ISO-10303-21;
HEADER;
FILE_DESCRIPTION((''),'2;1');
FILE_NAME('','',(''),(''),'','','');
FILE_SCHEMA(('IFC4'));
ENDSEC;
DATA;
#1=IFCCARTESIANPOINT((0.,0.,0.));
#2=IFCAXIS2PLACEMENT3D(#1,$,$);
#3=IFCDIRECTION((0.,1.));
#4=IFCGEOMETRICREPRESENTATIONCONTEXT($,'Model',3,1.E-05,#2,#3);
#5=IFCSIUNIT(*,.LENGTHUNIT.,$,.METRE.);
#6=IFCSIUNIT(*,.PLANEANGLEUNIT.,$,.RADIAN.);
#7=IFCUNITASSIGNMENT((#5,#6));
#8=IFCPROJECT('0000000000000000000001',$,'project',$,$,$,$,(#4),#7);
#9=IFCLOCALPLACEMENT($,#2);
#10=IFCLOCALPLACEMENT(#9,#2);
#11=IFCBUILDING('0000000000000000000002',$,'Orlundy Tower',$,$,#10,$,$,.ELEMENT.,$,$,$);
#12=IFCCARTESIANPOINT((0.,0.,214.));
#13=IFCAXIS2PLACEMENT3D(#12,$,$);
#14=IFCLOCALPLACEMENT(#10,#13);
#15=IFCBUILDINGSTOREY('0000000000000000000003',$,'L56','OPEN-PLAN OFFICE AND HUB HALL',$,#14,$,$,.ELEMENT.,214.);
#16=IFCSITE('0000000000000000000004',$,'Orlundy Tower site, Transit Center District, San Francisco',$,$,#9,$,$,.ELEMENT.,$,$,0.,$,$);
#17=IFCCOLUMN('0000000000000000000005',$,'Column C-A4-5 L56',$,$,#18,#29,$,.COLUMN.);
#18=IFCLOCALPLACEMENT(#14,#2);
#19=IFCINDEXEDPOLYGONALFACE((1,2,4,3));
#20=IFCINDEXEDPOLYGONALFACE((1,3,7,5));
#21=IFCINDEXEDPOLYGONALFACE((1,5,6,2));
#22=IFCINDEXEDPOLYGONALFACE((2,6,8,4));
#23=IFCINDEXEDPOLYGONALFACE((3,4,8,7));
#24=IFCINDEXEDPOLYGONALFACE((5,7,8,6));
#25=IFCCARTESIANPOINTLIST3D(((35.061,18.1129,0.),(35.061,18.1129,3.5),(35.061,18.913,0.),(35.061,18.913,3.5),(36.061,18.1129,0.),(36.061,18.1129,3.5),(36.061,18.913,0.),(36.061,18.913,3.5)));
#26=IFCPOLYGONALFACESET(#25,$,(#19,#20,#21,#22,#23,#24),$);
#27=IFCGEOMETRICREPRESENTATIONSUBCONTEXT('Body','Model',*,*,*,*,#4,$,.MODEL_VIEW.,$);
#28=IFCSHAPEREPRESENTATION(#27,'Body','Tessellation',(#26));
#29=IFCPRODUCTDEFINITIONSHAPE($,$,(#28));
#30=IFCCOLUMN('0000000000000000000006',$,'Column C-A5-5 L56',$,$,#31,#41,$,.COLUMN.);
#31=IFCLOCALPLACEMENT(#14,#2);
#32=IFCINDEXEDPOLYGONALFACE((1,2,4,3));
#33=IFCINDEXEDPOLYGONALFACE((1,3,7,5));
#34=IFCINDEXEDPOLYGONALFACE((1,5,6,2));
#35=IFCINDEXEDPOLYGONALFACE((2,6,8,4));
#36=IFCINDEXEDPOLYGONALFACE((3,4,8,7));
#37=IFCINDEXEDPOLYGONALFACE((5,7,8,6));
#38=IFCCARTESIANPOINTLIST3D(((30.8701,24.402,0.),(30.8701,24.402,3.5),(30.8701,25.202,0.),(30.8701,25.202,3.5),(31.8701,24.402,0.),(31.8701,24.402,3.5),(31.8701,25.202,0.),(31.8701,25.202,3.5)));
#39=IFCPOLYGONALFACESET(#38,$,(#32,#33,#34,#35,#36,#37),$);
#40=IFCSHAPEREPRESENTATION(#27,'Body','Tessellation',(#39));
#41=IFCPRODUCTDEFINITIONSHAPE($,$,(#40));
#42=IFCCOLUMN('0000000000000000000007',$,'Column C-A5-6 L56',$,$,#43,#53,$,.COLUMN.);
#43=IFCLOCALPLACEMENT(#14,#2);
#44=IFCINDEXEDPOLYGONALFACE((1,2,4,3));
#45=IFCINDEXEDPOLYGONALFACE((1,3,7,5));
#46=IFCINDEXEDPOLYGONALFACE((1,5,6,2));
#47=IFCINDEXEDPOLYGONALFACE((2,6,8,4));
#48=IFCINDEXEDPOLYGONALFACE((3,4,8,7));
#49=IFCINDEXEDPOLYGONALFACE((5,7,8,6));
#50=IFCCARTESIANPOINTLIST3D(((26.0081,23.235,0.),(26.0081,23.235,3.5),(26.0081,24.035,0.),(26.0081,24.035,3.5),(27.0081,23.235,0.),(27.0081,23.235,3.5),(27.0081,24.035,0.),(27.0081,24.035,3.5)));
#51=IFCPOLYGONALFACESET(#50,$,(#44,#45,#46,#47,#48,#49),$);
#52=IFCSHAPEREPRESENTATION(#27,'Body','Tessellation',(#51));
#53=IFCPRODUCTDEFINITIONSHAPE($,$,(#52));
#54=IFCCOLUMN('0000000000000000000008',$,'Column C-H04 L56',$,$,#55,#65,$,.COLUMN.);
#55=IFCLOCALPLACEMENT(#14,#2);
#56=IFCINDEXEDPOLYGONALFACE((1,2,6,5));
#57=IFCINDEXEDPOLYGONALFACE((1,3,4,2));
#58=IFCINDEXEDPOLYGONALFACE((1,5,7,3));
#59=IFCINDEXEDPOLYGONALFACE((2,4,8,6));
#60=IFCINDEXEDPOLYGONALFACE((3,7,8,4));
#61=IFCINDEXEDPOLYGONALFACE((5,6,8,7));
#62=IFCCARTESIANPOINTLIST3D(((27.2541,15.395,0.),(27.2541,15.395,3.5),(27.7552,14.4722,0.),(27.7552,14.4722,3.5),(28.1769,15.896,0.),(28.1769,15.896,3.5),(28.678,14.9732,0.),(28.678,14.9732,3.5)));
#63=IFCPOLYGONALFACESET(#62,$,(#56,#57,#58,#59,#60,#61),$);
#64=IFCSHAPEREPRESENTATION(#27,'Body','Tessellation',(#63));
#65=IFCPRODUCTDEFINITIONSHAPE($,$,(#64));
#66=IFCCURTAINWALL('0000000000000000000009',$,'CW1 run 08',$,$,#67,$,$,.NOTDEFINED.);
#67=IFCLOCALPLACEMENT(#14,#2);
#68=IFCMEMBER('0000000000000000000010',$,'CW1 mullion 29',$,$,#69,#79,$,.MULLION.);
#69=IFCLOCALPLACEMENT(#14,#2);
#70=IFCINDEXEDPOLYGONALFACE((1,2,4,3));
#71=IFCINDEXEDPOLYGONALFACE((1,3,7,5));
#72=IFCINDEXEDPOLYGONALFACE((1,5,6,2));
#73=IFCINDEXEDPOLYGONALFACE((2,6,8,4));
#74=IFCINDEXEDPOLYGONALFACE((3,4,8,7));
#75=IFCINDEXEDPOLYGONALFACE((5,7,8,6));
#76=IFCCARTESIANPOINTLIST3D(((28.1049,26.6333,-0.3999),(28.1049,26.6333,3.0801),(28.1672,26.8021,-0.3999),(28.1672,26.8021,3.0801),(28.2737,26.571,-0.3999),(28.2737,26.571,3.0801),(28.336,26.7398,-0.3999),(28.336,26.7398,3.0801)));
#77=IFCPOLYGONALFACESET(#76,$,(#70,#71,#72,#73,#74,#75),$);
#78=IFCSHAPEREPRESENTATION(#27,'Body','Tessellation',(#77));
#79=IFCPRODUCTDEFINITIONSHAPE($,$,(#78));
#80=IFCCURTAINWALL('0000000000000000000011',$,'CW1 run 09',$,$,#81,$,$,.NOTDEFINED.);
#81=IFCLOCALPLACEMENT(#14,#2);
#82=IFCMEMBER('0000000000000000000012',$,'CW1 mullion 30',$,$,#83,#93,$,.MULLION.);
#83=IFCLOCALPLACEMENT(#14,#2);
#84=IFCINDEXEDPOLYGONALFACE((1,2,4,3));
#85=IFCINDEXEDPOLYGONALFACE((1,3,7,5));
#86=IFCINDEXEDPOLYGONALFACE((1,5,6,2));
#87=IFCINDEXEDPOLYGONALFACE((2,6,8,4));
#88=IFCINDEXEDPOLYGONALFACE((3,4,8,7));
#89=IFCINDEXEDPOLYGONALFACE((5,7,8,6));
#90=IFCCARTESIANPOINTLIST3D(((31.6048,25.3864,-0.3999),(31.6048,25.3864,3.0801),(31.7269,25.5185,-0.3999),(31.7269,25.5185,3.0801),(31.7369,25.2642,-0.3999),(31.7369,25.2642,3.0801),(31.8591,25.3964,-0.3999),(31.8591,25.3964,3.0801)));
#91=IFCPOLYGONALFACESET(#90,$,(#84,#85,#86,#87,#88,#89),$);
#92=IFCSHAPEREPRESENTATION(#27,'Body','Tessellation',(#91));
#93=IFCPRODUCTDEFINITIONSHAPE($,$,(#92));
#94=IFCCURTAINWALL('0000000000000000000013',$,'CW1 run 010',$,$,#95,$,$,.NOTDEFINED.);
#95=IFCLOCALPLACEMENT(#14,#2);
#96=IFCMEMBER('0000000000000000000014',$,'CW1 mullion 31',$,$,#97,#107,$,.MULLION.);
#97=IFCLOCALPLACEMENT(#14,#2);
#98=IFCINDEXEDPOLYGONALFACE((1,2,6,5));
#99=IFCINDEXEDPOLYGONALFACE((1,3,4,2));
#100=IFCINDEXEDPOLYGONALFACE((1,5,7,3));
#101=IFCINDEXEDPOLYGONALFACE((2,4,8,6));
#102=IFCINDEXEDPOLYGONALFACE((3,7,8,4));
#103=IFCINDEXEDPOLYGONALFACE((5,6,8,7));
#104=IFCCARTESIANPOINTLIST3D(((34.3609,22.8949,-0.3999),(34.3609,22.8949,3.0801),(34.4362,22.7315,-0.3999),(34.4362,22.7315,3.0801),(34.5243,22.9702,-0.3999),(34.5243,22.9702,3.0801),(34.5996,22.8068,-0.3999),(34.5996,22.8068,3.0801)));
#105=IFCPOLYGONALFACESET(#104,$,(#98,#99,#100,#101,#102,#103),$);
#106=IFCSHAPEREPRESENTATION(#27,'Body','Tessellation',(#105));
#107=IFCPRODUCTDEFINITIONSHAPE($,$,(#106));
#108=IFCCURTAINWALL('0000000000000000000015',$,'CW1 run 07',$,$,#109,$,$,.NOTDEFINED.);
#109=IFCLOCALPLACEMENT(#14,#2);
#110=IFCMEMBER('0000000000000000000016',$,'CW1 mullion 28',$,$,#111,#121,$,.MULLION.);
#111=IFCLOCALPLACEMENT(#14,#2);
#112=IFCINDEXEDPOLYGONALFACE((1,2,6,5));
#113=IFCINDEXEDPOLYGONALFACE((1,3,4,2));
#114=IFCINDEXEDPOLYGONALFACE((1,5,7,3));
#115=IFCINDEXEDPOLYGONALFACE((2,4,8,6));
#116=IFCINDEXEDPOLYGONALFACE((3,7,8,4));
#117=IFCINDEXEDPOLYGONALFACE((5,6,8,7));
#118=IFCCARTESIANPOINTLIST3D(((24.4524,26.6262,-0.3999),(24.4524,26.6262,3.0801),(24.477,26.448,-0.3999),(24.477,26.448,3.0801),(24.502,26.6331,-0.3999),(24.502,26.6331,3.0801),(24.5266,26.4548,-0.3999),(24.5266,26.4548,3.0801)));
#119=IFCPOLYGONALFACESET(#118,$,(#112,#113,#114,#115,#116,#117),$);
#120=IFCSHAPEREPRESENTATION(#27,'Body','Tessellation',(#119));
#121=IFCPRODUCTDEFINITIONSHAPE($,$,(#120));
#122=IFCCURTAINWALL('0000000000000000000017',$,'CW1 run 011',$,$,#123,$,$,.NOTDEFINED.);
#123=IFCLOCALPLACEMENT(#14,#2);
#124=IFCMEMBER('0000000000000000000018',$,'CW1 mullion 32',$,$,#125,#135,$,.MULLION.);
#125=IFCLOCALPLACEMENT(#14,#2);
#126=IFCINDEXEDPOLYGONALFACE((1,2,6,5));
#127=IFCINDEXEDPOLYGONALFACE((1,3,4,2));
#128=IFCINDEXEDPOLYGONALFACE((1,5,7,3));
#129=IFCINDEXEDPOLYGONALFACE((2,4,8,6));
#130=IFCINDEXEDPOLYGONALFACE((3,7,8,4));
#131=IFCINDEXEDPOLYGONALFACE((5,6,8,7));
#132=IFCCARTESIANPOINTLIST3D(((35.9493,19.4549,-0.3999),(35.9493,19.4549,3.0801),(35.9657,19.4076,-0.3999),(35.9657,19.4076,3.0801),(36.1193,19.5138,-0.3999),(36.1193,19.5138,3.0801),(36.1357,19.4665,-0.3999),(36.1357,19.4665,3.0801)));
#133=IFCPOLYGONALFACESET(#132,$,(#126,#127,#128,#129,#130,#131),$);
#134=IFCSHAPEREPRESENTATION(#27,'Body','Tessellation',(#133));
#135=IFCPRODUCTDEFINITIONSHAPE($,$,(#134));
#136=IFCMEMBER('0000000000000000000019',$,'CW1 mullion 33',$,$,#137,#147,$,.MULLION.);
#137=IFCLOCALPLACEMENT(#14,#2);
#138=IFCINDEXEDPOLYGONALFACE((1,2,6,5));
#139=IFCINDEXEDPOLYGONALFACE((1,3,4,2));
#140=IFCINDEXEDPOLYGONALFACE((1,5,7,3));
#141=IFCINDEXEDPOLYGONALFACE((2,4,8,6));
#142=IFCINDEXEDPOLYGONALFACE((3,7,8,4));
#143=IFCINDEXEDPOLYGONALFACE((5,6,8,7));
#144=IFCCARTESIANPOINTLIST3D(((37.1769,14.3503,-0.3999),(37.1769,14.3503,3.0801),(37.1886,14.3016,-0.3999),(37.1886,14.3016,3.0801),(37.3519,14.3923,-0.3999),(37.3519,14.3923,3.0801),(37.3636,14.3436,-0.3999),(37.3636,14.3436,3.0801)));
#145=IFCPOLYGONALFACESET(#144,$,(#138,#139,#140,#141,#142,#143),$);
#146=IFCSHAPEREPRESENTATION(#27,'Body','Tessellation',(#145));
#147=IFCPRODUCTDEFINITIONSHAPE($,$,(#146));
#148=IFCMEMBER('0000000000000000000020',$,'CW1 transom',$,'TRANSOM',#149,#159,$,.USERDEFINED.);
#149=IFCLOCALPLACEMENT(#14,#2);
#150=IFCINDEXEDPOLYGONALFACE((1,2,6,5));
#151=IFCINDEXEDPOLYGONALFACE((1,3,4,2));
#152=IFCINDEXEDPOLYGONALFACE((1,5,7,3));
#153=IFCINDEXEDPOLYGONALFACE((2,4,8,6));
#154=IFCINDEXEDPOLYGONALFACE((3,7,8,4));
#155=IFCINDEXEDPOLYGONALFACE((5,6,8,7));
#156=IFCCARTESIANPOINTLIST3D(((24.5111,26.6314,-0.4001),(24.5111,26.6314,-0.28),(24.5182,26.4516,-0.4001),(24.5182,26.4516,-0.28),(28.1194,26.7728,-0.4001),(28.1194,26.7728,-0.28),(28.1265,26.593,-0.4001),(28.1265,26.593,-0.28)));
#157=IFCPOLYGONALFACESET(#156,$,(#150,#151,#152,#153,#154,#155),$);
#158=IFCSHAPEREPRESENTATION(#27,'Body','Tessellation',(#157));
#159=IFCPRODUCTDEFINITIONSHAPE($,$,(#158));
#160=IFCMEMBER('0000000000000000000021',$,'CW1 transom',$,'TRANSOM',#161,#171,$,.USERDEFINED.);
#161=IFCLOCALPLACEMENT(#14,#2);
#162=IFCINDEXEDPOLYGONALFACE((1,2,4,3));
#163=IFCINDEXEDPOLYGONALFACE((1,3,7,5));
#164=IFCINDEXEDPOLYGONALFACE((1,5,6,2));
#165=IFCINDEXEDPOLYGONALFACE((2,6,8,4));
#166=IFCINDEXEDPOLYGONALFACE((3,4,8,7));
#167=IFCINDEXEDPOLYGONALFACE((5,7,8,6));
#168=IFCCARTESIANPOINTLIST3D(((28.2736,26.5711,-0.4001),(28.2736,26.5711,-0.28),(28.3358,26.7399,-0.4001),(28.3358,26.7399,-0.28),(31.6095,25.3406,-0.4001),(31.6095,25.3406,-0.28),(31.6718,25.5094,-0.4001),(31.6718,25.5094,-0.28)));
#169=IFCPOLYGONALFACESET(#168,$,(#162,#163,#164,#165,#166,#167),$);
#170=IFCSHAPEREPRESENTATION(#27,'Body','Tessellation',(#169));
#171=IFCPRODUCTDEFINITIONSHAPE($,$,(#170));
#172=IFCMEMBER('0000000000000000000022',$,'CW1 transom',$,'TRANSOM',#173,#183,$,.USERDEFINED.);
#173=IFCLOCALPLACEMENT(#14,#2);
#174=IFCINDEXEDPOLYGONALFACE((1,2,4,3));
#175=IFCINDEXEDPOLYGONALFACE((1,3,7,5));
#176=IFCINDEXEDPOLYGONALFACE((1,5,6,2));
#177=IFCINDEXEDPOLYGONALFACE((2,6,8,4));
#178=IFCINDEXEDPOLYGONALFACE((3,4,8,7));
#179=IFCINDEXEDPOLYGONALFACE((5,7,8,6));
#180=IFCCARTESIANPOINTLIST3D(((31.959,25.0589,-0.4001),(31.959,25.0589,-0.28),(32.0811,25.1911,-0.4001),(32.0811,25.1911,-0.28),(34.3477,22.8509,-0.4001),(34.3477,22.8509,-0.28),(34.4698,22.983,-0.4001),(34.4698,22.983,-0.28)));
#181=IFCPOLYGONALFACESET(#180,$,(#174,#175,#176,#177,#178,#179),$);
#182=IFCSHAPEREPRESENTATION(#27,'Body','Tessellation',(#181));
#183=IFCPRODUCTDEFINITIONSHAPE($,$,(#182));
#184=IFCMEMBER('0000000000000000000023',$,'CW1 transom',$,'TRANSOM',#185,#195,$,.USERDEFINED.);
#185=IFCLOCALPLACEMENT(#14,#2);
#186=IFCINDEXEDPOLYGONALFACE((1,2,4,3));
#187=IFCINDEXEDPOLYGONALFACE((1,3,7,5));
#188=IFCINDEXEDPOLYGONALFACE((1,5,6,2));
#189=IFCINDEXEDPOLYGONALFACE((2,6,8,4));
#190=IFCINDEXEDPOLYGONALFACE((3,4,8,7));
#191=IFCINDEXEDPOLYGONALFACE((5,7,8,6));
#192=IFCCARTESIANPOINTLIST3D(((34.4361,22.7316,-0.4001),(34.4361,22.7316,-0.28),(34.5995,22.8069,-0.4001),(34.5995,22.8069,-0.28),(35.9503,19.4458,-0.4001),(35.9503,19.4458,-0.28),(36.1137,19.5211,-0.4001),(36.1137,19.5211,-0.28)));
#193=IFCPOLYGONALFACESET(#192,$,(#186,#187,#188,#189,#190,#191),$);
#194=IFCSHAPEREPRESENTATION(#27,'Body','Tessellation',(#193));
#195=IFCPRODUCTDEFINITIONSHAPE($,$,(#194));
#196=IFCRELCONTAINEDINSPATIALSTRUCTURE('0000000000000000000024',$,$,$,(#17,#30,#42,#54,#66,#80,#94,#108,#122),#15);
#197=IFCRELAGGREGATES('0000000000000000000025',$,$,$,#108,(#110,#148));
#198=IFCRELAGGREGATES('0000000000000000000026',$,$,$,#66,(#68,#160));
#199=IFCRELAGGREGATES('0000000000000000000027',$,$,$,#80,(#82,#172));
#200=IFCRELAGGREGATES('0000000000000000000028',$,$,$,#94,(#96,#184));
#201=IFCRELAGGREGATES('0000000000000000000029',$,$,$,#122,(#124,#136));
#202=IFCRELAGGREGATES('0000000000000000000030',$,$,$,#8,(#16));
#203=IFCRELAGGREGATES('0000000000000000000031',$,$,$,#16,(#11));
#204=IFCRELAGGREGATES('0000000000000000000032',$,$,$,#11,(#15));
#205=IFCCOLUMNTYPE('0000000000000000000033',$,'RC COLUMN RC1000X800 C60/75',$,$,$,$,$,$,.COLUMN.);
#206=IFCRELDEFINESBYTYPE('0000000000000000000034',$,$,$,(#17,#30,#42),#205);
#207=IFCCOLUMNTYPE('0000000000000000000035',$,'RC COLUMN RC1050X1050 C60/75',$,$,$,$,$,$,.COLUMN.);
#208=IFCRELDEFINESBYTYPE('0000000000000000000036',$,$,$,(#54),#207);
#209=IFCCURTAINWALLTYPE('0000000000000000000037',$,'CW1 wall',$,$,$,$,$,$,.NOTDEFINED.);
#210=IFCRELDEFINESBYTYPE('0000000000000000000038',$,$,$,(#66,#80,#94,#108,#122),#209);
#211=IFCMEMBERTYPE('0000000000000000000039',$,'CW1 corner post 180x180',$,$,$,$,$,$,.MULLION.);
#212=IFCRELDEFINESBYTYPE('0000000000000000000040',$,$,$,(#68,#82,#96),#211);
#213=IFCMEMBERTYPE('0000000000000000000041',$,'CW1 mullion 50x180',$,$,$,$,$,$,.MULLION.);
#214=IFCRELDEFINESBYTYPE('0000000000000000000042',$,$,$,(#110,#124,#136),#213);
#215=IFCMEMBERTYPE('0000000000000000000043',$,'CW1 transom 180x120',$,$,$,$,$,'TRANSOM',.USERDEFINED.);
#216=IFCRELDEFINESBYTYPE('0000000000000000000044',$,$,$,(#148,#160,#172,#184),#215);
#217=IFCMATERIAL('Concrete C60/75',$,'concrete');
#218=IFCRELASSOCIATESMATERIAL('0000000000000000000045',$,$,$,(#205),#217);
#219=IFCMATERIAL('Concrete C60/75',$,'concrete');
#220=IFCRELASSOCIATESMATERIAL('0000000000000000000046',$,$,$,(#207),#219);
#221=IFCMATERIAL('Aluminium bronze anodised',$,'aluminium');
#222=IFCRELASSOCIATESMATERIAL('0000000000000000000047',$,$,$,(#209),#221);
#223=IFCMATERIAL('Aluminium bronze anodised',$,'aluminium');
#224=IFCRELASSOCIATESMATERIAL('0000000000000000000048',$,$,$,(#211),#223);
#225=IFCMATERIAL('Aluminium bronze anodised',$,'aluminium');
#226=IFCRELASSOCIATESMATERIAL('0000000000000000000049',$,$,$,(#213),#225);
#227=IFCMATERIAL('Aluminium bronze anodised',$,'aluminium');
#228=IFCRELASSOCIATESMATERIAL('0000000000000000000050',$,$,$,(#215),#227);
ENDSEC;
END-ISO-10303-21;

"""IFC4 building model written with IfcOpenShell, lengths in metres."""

from ifc_helpers import new_model, si_unit, direction, frame, origin, origin_2d, place, context, subcontext, project, spatial, rectangle, extrude, material, material_profile, profile_set, type_object, element, aggregate, save


model = new_model("IFC4")

# Units and contexts
model_context = context("Model", 3, precision=1e-05, world=origin(), true_north=direction((0.0, 1.0)))
body_context = subcontext(model_context, "Body", "Model", "MODEL_VIEW")
ifc_project = project(units=[si_unit("LENGTHUNIT", "METRE"), si_unit("PLANEANGLEUNIT", "RADIAN")], contexts=[model_context])

# Site, building, storey
site_placement = place(None, origin())
site = spatial("IfcSite", under=ifc_project, at=site_placement, Name="Orlundy Tower site, Transit Center District, San Francisco", CompositionType="ELEMENT", RefElevation=0.0)
building_placement = place(site_placement, origin())
building = spatial("IfcBuilding", under=site, at=building_placement, Name="Orlundy Tower", CompositionType="ELEMENT")
storey_placement = place(building_placement, frame((0.0, 0.0, 214.0)))
storey = spatial("IfcBuildingStorey", under=building, at=storey_placement, Name="L56", Description="OPEN-PLAN OFFICE AND HUB HALL", CompositionType="ELEMENT", Elevation=214.0)

# Columns
ifc_material_1 = material(Name="Concrete C60/75", Category="concrete")
ifc_material_profile_1 = material_profile(ifc_material_1, rectangle(XDim=1.0, YDim=0.8, at=origin_2d()), Name="RC1000X800")
ifc_profile_set_1 = profile_set([ifc_material_profile_1], Name="Concrete C60/75")
column_type_1 = type_object("IfcColumnType", Name="RC COLUMN RC1000X800 C60/75", PredefinedType="COLUMN", material=ifc_profile_set_1)
for number, where, z_axis, x_axis, name in (
    (1, (35.561, 18.5129, 0.0), (0.0, 0.0, 1.0), (1.0, 0.0, 0.0), "Column C-A4-5 L56"),
    (2, (31.3701, 24.802, 0.0), (0.0, 0.0, 1.0), (1.0, 0.0, 0.0), "Column C-A5-5 L56"),
    (3, (26.5081, 23.635, 0.0), (0.0, 0.0, 1.0), (1.0, 0.0, 0.0), "Column C-A5-6 L56"),
):
    element("IfcColumn", number, at=place(storey_placement, frame(where, z_axis=z_axis, x_axis=x_axis)), inside=storey, type_object=column_type_1, Name=name, PredefinedType="COLUMN", context=body_context, shape_type="SweptSolid", body=[
        extrude(rectangle(XDim=1.0, YDim=0.8, at=origin_2d()), origin(), (0.0, 0.0, 1.0), 3.5),
    ])
ifc_material_2 = material(Name="Concrete C60/75", Category="concrete")
ifc_material_profile_2 = material_profile(ifc_material_2, rectangle(XDim=1.05, YDim=1.05, at=origin_2d()), Name="RC1050X1050")
ifc_profile_set_2 = profile_set([ifc_material_profile_2], Name="Concrete C60/75")
column_type_2 = type_object("IfcColumnType", Name="RC COLUMN RC1050X1050 C60/75", PredefinedType="COLUMN", material=ifc_profile_set_2)
column_placement = place(storey_placement, frame((27.9661, 15.1841, 0.0), z_axis=(0.0, 0.0, 1.0), x_axis=(0.878817, 0.477159, 0.0)))
element("IfcColumn", 4, at=column_placement, inside=storey, type_object=column_type_2, Name="Column C-H04 L56", PredefinedType="COLUMN", context=body_context, shape_type="SweptSolid", body=[
    extrude(rectangle(XDim=1.05, YDim=1.05, at=origin_2d()), origin(), (0.0, 0.0, 1.0), 3.5),
])

# Curtain walls, members
ifc_material_3 = material(Name="Aluminium bronze anodised", Category="aluminium")
curtain_wall_type = type_object("IfcCurtainWallType", Name="CW1 wall", PredefinedType="NOTDEFINED", material=ifc_material_3)
curtain_wall_1_placement = place(storey_placement, origin())
curtain_wall_1 = element("IfcCurtainWall", 5, at=curtain_wall_1_placement, inside=storey, type_object=curtain_wall_type, Name="CW1 run 08", PredefinedType="NOTDEFINED")
ifc_material_4 = material(Name="Aluminium bronze anodised", Category="aluminium")
ifc_material_profile_3 = material_profile(ifc_material_4, rectangle(XDim=0.1799, YDim=0.1799, at=origin_2d()), Name="CW1 corner post 180x180")
ifc_profile_set_3 = profile_set([ifc_material_profile_3], Name="Aluminium bronze anodised")
member_type_1 = type_object("IfcMemberType", Name="CW1 corner post 180x180", PredefinedType="MULLION", material=ifc_profile_set_3)
member_1_placement = place(storey_placement, frame((28.2205, 26.6865, -0.3999), z_axis=(0.0, 0.0, 1.0), x_axis=(0.346093, 0.9382, 0.0)))
member_1 = element("IfcMember", 6, at=member_1_placement, type_object=member_type_1, Name="CW1 mullion 29", PredefinedType="MULLION", context=body_context, shape_type="SweptSolid", body=[
    extrude(rectangle(XDim=0.1799, YDim=0.1799, at=origin_2d()), origin(), (0.0, 0.0, 1.0), 3.48),
])
curtain_wall_2_placement = place(storey_placement, origin())
curtain_wall_2 = element("IfcCurtainWall", 7, at=curtain_wall_2_placement, inside=storey, type_object=curtain_wall_type, Name="CW1 run 09", PredefinedType="NOTDEFINED")
member_2_placement = place(storey_placement, frame((31.7319, 25.3914, -0.3999), z_axis=(0.0, 0.0, 1.0), x_axis=(0.678773, 0.734348, 0.0)))
member_2 = element("IfcMember", 8, at=member_2_placement, type_object=member_type_1, Name="CW1 mullion 30", PredefinedType="MULLION", context=body_context, shape_type="SweptSolid", body=[
    extrude(rectangle(XDim=0.1799, YDim=0.1799, at=origin_2d()), origin(), (0.0, 0.0, 1.0), 3.48),
])
curtain_wall_3_placement = place(storey_placement, origin())
curtain_wall_3 = element("IfcCurtainWall", 9, at=curtain_wall_3_placement, inside=storey, type_object=curtain_wall_type, Name="CW1 run 010", PredefinedType="NOTDEFINED")
member_3_placement = place(storey_placement, frame((34.4802, 22.8508, -0.3999), z_axis=(0.0, 0.0, 1.0), x_axis=(0.90822, 0.418493, 0.0)))
member_3 = element("IfcMember", 10, at=member_3_placement, type_object=member_type_1, Name="CW1 mullion 31", PredefinedType="MULLION", context=body_context, shape_type="SweptSolid", body=[
    extrude(rectangle(XDim=0.1799, YDim=0.1799, at=origin_2d()), origin(), (0.0, 0.0, 1.0), 3.48),
])
curtain_wall_4_placement = place(storey_placement, origin())
curtain_wall_4 = element("IfcCurtainWall", 11, at=curtain_wall_4_placement, inside=storey, type_object=curtain_wall_type, Name="CW1 run 07", PredefinedType="NOTDEFINED")
ifc_material_5 = material(Name="Aluminium bronze anodised", Category="aluminium")
ifc_material_profile_4 = material_profile(ifc_material_5, rectangle(XDim=0.1799, YDim=0.05, at=origin_2d()), Name="CW1 mullion 50x180")
ifc_profile_set_4 = profile_set([ifc_material_profile_4], Name="Aluminium bronze anodised")
member_type_2 = type_object("IfcMemberType", Name="CW1 mullion 50x180", PredefinedType="MULLION", material=ifc_profile_set_4)
member_4_placement = place(storey_placement, frame((24.4895, 26.5405, -0.3999), z_axis=(0.0, 0.0, 1.0), x_axis=(-0.136984, 0.990573, 0.0)))
member_4 = element("IfcMember", 12, at=member_4_placement, type_object=member_type_2, Name="CW1 mullion 28", PredefinedType="MULLION", context=body_context, shape_type="SweptSolid", body=[
    extrude(rectangle(XDim=0.1799, YDim=0.05, at=origin_2d()), origin(), (0.0, 0.0, 1.0), 3.48),
])

# Curtain wall, members
curtain_wall_5_placement = place(storey_placement, origin())
curtain_wall_5 = element("IfcCurtainWall", 13, at=curtain_wall_5_placement, inside=storey, type_object=curtain_wall_type, Name="CW1 run 011", PredefinedType="NOTDEFINED")
member_5_placement = place(storey_placement, frame((36.0425, 19.4607, -0.3999), z_axis=(0.0, 0.0, 1.0), x_axis=(0.944832, 0.327557, 0.0)))
member_5 = element("IfcMember", 14, at=member_5_placement, type_object=member_type_2, Name="CW1 mullion 32", PredefinedType="MULLION", context=body_context, shape_type="SweptSolid", body=[
    extrude(rectangle(XDim=0.1799, YDim=0.05, at=origin_2d()), origin(), (0.0, 0.0, 1.0), 3.48),
])
member_6_placement = place(storey_placement, frame((37.2703, 14.3469, -0.3999), z_axis=(0.0, 0.0, 1.0), x_axis=(0.972364, 0.233472, 0.0)))
member_6 = element("IfcMember", 15, at=member_6_placement, type_object=member_type_2, Name="CW1 mullion 33", PredefinedType="MULLION", context=body_context, shape_type="SweptSolid", body=[
    extrude(rectangle(XDim=0.1799, YDim=0.05, at=origin_2d()), origin(), (0.0, 0.0, 1.0), 3.48),
])

# Members
ifc_material_6 = material(Name="Aluminium bronze anodised", Category="aluminium")
ifc_material_profile_5 = material_profile(ifc_material_6, rectangle(XDim=0.1799, YDim=0.1201, at=origin_2d()), Name="CW1 transom 180x120")
ifc_profile_set_5 = profile_set([ifc_material_profile_5], Name="Aluminium bronze anodised")
member_type_3 = type_object("IfcMemberType", Name="CW1 transom 180x120", ElementType="TRANSOM", PredefinedType="USERDEFINED", material=ifc_profile_set_5)
member_7_placement = place(storey_placement, frame((24.5146, 26.5415, -0.3401), z_axis=(0.999234, 0.039145, 0.0), x_axis=(-0.039145, 0.999234, 0.0)))
member_7 = element("IfcMember", 16, at=member_7_placement, type_object=member_type_3, Name="CW1 transom", ObjectType="TRANSOM", PredefinedType="USERDEFINED", context=body_context, shape_type="SweptSolid", body=[
    extrude(rectangle(XDim=0.1799, YDim=0.1201, at=origin_2d()), origin(), (0.0, 0.0, 1.0), 3.6111),
])
member_8_placement = place(storey_placement, frame((28.3047, 26.6555, -0.3401), z_axis=(0.938212, -0.346062, 0.0), x_axis=(0.346062, 0.938212, 0.0)))
member_8 = element("IfcMember", 17, at=member_8_placement, type_object=member_type_3, Name="CW1 transom", ObjectType="TRANSOM", PredefinedType="USERDEFINED", context=body_context, shape_type="SweptSolid", body=[
    extrude(rectangle(XDim=0.1799, YDim=0.1201, at=origin_2d()), origin(), (0.0, 0.0, 1.0), 3.5557),
])
member_9_placement = place(storey_placement, frame((32.02, 25.125, -0.3401), z_axis=(0.734331, -0.678791, 0.0), x_axis=(0.678791, 0.734331, 0.0)))
member_9 = element("IfcMember", 18, at=member_9_placement, type_object=member_type_3, Name="CW1 transom", ObjectType="TRANSOM", PredefinedType="USERDEFINED", context=body_context, shape_type="SweptSolid", body=[
    extrude(rectangle(XDim=0.1799, YDim=0.1201, at=origin_2d()), origin(), (0.0, 0.0, 1.0), 3.2529),
])
member_10_placement = place(storey_placement, frame((34.5178, 22.7693, -0.3401), z_axis=(0.41851, -0.908212, 0.0), x_axis=(0.908212, 0.41851, 0.0)))
member_10 = element("IfcMember", 19, at=member_10_placement, type_object=member_type_3, Name="CW1 transom", ObjectType="TRANSOM", PredefinedType="USERDEFINED", context=body_context, shape_type="SweptSolid", body=[
    extrude(rectangle(XDim=0.1799, YDim=0.1201, at=origin_2d()), origin(), (0.0, 0.0, 1.0), 3.6179),
])

aggregate(curtain_wall_4, [member_4, member_7])
aggregate(curtain_wall_1, [member_1, member_8])
aggregate(curtain_wall_2, [member_2, member_9])
aggregate(curtain_wall_3, [member_3, member_10])
aggregate(curtain_wall_5, [member_5, member_6])

save(model, "model.ifc")
